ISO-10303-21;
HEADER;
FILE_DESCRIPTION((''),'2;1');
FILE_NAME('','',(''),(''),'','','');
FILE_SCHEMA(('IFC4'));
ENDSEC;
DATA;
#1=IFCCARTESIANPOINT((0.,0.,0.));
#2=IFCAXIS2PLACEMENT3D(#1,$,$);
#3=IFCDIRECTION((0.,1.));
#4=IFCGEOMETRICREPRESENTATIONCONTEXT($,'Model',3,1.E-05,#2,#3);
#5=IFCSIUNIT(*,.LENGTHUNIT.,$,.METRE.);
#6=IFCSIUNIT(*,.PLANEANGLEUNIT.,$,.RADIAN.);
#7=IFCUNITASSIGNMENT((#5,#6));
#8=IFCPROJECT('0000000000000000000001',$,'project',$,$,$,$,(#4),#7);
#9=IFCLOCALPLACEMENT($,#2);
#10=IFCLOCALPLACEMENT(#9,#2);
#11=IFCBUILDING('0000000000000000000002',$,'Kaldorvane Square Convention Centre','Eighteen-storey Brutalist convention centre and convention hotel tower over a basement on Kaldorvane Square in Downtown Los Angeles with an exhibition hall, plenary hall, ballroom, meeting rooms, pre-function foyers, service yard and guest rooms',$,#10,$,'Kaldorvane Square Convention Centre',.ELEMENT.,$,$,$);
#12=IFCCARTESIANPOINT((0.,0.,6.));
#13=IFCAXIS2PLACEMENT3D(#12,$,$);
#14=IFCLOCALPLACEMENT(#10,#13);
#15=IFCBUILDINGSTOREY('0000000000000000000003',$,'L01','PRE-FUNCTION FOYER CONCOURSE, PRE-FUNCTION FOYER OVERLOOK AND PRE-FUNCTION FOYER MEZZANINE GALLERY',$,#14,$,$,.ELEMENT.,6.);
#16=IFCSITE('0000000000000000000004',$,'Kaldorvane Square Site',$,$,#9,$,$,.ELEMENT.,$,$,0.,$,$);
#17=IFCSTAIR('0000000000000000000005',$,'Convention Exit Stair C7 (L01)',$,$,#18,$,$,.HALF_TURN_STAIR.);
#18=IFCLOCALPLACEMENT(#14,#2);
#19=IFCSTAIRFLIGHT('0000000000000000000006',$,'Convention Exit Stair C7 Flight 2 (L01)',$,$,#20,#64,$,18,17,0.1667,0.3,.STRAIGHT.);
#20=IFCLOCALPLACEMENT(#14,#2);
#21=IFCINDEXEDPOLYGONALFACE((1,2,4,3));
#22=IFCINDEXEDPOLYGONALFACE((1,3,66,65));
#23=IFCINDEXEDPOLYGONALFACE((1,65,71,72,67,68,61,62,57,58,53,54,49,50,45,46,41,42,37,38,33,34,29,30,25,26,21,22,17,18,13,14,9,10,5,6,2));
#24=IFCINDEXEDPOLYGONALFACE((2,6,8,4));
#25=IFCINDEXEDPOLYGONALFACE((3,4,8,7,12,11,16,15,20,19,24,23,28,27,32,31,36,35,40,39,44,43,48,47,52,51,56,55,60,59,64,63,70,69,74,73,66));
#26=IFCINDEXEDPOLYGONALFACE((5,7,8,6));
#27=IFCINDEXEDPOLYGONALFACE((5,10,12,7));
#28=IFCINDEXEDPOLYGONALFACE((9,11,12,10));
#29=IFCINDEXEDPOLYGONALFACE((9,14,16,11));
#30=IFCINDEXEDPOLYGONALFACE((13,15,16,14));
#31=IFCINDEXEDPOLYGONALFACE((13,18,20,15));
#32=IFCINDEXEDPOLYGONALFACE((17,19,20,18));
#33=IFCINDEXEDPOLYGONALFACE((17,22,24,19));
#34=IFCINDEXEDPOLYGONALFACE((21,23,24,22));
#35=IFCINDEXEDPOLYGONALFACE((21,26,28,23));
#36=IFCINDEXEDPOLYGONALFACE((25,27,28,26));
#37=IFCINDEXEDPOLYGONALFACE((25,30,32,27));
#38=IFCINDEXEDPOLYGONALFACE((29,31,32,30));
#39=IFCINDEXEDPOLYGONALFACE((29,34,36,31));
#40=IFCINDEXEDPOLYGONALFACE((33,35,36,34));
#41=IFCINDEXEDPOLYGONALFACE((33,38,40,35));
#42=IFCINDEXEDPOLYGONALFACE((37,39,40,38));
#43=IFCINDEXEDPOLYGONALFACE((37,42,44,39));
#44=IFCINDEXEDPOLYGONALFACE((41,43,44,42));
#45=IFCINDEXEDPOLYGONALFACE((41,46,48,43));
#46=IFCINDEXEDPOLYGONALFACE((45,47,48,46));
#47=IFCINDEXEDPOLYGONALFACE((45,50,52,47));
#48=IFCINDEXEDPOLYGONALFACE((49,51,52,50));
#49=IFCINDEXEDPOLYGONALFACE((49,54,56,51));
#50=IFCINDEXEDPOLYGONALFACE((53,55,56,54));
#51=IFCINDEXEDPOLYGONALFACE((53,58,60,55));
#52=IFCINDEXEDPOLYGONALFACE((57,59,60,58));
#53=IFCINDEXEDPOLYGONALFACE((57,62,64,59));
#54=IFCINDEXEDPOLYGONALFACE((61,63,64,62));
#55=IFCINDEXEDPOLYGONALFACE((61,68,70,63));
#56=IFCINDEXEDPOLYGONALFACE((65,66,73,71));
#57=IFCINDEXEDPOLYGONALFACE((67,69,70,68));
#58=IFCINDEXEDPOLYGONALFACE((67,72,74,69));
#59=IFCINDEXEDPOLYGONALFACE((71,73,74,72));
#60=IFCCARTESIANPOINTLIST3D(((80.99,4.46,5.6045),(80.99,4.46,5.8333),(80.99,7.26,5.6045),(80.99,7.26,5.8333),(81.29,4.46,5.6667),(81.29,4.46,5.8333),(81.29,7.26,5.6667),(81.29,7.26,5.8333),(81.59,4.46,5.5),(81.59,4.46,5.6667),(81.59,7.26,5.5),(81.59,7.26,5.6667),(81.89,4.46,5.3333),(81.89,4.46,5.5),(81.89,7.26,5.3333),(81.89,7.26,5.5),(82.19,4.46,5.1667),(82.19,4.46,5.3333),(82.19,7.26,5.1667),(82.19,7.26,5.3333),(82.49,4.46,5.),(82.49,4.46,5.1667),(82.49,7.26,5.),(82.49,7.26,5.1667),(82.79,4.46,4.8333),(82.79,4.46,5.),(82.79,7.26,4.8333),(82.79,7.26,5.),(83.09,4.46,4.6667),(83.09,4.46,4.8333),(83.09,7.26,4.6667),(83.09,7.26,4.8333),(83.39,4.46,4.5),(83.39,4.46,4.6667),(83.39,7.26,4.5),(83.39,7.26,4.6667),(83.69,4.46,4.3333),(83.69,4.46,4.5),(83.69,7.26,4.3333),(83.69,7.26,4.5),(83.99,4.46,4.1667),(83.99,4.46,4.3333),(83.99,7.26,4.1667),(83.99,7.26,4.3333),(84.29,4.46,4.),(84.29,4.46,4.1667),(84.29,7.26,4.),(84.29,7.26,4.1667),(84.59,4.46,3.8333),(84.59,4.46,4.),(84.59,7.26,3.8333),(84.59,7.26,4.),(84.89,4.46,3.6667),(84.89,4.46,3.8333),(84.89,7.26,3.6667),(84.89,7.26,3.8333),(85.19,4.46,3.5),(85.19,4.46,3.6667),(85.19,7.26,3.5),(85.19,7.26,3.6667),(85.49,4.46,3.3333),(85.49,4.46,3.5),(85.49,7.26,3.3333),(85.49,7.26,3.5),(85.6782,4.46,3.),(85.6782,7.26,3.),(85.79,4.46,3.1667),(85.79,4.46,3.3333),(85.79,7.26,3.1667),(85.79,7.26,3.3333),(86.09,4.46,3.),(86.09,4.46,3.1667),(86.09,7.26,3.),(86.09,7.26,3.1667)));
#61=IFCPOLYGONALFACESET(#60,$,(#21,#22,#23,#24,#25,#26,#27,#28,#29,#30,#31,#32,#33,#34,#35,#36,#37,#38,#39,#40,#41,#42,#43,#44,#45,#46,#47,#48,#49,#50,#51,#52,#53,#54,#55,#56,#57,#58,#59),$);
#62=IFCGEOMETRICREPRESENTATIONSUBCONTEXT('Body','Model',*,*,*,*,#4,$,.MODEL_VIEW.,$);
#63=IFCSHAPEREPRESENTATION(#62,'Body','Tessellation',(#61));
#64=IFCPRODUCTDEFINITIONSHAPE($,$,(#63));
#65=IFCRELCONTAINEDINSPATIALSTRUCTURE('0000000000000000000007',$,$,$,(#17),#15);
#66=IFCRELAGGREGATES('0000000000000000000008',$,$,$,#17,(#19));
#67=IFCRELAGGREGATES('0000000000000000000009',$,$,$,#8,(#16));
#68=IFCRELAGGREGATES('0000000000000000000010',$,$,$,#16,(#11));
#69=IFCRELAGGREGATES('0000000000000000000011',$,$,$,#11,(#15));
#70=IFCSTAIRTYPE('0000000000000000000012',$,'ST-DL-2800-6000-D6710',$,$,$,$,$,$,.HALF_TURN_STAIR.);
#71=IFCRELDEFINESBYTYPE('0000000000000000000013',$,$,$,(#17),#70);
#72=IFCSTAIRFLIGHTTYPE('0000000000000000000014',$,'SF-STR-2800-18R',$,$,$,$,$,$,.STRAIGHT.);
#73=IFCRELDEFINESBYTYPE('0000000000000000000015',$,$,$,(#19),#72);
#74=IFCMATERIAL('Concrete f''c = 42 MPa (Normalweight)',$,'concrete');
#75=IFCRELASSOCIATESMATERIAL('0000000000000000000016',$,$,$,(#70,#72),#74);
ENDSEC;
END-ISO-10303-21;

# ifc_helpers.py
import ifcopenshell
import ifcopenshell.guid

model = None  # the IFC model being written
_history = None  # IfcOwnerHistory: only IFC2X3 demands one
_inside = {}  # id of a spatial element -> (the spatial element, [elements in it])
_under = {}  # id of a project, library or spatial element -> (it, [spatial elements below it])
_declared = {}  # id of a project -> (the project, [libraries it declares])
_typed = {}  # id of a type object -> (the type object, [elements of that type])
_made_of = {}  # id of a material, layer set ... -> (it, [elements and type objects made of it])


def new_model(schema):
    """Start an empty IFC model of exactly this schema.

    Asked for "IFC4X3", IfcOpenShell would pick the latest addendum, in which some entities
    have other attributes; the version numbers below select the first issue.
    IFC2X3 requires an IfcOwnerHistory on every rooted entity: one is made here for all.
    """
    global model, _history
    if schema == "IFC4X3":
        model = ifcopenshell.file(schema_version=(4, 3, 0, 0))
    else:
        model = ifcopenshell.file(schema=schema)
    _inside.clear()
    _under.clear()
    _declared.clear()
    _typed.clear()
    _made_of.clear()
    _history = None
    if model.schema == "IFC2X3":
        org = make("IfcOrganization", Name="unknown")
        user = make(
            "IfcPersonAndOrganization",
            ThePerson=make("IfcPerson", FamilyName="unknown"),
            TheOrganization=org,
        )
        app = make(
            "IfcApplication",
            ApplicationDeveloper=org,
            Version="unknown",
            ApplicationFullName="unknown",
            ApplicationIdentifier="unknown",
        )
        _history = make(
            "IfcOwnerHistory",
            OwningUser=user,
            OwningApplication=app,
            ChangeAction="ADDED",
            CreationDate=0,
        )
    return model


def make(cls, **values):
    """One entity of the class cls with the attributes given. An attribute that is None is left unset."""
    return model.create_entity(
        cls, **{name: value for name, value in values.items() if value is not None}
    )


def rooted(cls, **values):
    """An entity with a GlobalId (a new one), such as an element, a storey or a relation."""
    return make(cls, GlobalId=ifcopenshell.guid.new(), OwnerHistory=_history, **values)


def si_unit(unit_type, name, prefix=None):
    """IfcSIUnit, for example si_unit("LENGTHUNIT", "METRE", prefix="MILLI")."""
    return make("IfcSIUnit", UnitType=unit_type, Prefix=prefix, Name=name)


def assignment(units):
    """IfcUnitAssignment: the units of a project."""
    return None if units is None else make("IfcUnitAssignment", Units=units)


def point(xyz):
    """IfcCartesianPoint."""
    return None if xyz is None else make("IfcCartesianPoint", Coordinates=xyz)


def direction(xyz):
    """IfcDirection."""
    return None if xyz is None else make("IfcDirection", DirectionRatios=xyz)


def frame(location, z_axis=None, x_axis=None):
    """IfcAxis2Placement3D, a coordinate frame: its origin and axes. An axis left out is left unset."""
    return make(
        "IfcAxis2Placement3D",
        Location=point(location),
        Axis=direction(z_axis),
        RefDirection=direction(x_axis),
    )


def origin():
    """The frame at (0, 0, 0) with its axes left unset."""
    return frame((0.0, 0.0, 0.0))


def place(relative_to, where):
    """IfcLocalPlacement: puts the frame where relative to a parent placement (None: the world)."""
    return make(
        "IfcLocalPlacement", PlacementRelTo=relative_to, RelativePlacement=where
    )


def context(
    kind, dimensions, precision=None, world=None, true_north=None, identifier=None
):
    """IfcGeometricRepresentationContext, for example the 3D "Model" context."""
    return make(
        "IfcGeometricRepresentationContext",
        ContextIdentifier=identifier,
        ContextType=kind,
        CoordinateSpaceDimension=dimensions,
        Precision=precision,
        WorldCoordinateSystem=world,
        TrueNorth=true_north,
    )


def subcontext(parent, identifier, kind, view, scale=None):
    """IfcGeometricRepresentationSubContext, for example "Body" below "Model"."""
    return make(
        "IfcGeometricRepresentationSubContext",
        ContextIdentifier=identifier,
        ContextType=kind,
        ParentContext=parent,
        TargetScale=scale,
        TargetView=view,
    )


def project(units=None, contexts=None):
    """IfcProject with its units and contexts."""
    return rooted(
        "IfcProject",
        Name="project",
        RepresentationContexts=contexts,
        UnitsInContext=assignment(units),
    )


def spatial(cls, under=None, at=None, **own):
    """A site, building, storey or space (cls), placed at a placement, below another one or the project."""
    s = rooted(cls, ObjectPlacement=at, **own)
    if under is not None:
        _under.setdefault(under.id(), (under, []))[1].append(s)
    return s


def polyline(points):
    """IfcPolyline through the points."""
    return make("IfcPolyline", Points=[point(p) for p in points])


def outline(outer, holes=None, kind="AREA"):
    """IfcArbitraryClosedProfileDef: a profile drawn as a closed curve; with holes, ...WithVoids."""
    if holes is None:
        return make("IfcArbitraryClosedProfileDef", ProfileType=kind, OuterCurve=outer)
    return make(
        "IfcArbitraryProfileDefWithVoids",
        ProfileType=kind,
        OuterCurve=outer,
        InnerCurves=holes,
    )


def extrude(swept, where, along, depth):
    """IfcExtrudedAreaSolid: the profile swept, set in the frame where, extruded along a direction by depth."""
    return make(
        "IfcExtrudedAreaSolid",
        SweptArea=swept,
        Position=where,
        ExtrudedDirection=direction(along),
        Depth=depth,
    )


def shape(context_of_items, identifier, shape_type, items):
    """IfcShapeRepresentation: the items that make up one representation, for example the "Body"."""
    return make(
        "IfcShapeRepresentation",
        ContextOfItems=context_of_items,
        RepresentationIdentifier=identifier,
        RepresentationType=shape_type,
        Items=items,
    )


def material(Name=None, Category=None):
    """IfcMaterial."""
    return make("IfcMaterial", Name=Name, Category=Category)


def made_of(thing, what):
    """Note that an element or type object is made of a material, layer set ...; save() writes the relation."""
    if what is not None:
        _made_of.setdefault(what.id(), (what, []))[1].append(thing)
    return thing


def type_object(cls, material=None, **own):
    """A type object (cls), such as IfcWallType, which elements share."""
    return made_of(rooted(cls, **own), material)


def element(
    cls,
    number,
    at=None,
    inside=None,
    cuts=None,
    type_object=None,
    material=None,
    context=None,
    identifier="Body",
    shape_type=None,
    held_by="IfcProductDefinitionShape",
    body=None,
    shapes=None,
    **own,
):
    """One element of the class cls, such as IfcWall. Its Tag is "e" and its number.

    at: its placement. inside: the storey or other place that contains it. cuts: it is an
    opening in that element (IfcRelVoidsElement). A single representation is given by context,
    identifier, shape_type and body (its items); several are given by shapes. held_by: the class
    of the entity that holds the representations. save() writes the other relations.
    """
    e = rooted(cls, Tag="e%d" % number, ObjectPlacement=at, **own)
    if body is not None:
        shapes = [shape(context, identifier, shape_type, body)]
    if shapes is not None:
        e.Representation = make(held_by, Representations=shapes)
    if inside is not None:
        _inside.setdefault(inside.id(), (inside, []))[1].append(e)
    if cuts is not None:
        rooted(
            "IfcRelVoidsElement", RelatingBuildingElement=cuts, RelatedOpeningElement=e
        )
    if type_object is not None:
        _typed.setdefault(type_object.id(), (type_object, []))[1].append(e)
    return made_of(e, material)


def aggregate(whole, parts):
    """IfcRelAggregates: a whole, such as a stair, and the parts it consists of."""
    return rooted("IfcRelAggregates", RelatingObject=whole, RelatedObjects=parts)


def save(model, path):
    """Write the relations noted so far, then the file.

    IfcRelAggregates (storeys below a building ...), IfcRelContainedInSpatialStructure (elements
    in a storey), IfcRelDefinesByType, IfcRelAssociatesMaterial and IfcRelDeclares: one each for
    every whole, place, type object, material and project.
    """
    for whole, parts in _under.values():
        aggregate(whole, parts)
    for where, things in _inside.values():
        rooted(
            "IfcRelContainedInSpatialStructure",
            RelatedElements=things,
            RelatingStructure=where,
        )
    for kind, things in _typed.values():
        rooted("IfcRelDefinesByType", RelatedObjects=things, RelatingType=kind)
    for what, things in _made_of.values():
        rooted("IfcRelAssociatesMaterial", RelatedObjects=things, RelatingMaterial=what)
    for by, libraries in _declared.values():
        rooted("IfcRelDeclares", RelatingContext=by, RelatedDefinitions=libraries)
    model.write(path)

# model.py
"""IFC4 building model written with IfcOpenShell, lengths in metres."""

from ifc_helpers import new_model, si_unit, direction, frame, origin, place, context, subcontext, project, spatial, polyline, outline, extrude, material, type_object, element, aggregate, save


model = new_model("IFC4")

# Units and contexts
model_context = context("Model", 3, precision=1e-05, world=origin(), true_north=direction((0.0, 1.0)))
body_context = subcontext(model_context, "Body", "Model", "MODEL_VIEW")
ifc_project = project(units=[si_unit("LENGTHUNIT", "METRE"), si_unit("PLANEANGLEUNIT", "RADIAN")], contexts=[model_context])

# Site, building, storey
site_placement = place(None, origin())
site = spatial("IfcSite", under=ifc_project, at=site_placement, Name="Kaldorvane Square Site", CompositionType="ELEMENT", RefElevation=0.0)
building_placement = place(site_placement, origin())
building = spatial("IfcBuilding", under=site, at=building_placement, Name="Kaldorvane Square Convention Centre", Description="Eighteen-storey Brutalist convention centre and convention hotel tower over a basement on Kaldorvane Square in Downtown Los Angeles with an exhibition hall, plenary hall, ballroom, meeting rooms, pre-function foyers, service yard and guest rooms", LongName="Kaldorvane Square Convention Centre", CompositionType="ELEMENT")
storey_placement = place(building_placement, frame((0.0, 0.0, 6.0)))
storey = spatial("IfcBuildingStorey", under=building, at=storey_placement, Name="L01", Description="PRE-FUNCTION FOYER CONCOURSE, PRE-FUNCTION FOYER OVERLOOK AND PRE-FUNCTION FOYER MEZZANINE GALLERY", CompositionType="ELEMENT", Elevation=6.0)

# Stair, stair flight
ifc_material_1 = material(Name="Concrete f'c = 42 MPa (Normalweight)", Category="concrete")
stair_type = type_object("IfcStairType", Name="ST-DL-2800-6000-D6710", PredefinedType="HALF_TURN_STAIR", material=ifc_material_1)
stair_flight_type = type_object("IfcStairFlightType", Name="SF-STR-2800-18R", PredefinedType="STRAIGHT", material=ifc_material_1)
stair_1_placement = place(storey_placement, origin())
stair_1 = element("IfcStair", 1, at=stair_1_placement, inside=storey, type_object=stair_type, Name="Convention Exit Stair C7 (L01)", PredefinedType="HALF_TURN_STAIR")
stair_flight_1_placement = place(storey_placement, frame((86.09, 5.86, 3.0), z_axis=(0.0, 0.0, 1.0), x_axis=(-1.0, 0.0, 0.0)))
stair_flight_1 = element("IfcStairFlight", 2, at=stair_flight_1_placement, type_object=stair_flight_type, Name="Convention Exit Stair C7 Flight 2 (L01)", NumberOfRisers=18, NumberOfTreads=17, PredefinedType="STRAIGHT", RiserHeight=0.1667, TreadLength=0.3, context=body_context, shape_type="SweptSolid", body=[
    extrude(outline(polyline([(0.0, 0.0), (0.0, 0.1667), (0.3, 0.1667), (0.3, 0.3333), (0.6, 0.3333), (0.6, 0.5), (0.9, 0.5), (0.9, 0.6667), (1.2, 0.6667), (1.2, 0.8333), (1.5, 0.8333), (1.5, 1.0), (1.8, 1.0), (1.8, 1.1667), (2.1, 1.1667), (2.1, 1.3333), (2.4, 1.3333), (2.4, 1.5), (2.7, 1.5), (2.7, 1.6667), (3.0, 1.6667), (3.0, 1.8333), (3.3, 1.8333), (3.3, 2.0), (3.6, 2.0), (3.6, 2.1667), (3.9, 2.1667), (3.9, 2.3333), (4.2, 2.3333), (4.2, 2.5), (4.5, 2.5), (4.5, 2.6667), (4.8, 2.6667), (4.8, 2.8333), (5.1, 2.8333), (5.1, 3.0), (5.1, 2.6045), (0.4118, 0.0), (0.0, 0.0)])), frame((0.0, 1.4, 0.0), z_axis=(0.0, -1.0, 0.0), x_axis=(1.0, 0.0, 0.0)), (0.0, 0.0, 1.0), 2.8),
])
aggregate(stair_1, [stair_flight_1])

save(model, "model.ifc")
